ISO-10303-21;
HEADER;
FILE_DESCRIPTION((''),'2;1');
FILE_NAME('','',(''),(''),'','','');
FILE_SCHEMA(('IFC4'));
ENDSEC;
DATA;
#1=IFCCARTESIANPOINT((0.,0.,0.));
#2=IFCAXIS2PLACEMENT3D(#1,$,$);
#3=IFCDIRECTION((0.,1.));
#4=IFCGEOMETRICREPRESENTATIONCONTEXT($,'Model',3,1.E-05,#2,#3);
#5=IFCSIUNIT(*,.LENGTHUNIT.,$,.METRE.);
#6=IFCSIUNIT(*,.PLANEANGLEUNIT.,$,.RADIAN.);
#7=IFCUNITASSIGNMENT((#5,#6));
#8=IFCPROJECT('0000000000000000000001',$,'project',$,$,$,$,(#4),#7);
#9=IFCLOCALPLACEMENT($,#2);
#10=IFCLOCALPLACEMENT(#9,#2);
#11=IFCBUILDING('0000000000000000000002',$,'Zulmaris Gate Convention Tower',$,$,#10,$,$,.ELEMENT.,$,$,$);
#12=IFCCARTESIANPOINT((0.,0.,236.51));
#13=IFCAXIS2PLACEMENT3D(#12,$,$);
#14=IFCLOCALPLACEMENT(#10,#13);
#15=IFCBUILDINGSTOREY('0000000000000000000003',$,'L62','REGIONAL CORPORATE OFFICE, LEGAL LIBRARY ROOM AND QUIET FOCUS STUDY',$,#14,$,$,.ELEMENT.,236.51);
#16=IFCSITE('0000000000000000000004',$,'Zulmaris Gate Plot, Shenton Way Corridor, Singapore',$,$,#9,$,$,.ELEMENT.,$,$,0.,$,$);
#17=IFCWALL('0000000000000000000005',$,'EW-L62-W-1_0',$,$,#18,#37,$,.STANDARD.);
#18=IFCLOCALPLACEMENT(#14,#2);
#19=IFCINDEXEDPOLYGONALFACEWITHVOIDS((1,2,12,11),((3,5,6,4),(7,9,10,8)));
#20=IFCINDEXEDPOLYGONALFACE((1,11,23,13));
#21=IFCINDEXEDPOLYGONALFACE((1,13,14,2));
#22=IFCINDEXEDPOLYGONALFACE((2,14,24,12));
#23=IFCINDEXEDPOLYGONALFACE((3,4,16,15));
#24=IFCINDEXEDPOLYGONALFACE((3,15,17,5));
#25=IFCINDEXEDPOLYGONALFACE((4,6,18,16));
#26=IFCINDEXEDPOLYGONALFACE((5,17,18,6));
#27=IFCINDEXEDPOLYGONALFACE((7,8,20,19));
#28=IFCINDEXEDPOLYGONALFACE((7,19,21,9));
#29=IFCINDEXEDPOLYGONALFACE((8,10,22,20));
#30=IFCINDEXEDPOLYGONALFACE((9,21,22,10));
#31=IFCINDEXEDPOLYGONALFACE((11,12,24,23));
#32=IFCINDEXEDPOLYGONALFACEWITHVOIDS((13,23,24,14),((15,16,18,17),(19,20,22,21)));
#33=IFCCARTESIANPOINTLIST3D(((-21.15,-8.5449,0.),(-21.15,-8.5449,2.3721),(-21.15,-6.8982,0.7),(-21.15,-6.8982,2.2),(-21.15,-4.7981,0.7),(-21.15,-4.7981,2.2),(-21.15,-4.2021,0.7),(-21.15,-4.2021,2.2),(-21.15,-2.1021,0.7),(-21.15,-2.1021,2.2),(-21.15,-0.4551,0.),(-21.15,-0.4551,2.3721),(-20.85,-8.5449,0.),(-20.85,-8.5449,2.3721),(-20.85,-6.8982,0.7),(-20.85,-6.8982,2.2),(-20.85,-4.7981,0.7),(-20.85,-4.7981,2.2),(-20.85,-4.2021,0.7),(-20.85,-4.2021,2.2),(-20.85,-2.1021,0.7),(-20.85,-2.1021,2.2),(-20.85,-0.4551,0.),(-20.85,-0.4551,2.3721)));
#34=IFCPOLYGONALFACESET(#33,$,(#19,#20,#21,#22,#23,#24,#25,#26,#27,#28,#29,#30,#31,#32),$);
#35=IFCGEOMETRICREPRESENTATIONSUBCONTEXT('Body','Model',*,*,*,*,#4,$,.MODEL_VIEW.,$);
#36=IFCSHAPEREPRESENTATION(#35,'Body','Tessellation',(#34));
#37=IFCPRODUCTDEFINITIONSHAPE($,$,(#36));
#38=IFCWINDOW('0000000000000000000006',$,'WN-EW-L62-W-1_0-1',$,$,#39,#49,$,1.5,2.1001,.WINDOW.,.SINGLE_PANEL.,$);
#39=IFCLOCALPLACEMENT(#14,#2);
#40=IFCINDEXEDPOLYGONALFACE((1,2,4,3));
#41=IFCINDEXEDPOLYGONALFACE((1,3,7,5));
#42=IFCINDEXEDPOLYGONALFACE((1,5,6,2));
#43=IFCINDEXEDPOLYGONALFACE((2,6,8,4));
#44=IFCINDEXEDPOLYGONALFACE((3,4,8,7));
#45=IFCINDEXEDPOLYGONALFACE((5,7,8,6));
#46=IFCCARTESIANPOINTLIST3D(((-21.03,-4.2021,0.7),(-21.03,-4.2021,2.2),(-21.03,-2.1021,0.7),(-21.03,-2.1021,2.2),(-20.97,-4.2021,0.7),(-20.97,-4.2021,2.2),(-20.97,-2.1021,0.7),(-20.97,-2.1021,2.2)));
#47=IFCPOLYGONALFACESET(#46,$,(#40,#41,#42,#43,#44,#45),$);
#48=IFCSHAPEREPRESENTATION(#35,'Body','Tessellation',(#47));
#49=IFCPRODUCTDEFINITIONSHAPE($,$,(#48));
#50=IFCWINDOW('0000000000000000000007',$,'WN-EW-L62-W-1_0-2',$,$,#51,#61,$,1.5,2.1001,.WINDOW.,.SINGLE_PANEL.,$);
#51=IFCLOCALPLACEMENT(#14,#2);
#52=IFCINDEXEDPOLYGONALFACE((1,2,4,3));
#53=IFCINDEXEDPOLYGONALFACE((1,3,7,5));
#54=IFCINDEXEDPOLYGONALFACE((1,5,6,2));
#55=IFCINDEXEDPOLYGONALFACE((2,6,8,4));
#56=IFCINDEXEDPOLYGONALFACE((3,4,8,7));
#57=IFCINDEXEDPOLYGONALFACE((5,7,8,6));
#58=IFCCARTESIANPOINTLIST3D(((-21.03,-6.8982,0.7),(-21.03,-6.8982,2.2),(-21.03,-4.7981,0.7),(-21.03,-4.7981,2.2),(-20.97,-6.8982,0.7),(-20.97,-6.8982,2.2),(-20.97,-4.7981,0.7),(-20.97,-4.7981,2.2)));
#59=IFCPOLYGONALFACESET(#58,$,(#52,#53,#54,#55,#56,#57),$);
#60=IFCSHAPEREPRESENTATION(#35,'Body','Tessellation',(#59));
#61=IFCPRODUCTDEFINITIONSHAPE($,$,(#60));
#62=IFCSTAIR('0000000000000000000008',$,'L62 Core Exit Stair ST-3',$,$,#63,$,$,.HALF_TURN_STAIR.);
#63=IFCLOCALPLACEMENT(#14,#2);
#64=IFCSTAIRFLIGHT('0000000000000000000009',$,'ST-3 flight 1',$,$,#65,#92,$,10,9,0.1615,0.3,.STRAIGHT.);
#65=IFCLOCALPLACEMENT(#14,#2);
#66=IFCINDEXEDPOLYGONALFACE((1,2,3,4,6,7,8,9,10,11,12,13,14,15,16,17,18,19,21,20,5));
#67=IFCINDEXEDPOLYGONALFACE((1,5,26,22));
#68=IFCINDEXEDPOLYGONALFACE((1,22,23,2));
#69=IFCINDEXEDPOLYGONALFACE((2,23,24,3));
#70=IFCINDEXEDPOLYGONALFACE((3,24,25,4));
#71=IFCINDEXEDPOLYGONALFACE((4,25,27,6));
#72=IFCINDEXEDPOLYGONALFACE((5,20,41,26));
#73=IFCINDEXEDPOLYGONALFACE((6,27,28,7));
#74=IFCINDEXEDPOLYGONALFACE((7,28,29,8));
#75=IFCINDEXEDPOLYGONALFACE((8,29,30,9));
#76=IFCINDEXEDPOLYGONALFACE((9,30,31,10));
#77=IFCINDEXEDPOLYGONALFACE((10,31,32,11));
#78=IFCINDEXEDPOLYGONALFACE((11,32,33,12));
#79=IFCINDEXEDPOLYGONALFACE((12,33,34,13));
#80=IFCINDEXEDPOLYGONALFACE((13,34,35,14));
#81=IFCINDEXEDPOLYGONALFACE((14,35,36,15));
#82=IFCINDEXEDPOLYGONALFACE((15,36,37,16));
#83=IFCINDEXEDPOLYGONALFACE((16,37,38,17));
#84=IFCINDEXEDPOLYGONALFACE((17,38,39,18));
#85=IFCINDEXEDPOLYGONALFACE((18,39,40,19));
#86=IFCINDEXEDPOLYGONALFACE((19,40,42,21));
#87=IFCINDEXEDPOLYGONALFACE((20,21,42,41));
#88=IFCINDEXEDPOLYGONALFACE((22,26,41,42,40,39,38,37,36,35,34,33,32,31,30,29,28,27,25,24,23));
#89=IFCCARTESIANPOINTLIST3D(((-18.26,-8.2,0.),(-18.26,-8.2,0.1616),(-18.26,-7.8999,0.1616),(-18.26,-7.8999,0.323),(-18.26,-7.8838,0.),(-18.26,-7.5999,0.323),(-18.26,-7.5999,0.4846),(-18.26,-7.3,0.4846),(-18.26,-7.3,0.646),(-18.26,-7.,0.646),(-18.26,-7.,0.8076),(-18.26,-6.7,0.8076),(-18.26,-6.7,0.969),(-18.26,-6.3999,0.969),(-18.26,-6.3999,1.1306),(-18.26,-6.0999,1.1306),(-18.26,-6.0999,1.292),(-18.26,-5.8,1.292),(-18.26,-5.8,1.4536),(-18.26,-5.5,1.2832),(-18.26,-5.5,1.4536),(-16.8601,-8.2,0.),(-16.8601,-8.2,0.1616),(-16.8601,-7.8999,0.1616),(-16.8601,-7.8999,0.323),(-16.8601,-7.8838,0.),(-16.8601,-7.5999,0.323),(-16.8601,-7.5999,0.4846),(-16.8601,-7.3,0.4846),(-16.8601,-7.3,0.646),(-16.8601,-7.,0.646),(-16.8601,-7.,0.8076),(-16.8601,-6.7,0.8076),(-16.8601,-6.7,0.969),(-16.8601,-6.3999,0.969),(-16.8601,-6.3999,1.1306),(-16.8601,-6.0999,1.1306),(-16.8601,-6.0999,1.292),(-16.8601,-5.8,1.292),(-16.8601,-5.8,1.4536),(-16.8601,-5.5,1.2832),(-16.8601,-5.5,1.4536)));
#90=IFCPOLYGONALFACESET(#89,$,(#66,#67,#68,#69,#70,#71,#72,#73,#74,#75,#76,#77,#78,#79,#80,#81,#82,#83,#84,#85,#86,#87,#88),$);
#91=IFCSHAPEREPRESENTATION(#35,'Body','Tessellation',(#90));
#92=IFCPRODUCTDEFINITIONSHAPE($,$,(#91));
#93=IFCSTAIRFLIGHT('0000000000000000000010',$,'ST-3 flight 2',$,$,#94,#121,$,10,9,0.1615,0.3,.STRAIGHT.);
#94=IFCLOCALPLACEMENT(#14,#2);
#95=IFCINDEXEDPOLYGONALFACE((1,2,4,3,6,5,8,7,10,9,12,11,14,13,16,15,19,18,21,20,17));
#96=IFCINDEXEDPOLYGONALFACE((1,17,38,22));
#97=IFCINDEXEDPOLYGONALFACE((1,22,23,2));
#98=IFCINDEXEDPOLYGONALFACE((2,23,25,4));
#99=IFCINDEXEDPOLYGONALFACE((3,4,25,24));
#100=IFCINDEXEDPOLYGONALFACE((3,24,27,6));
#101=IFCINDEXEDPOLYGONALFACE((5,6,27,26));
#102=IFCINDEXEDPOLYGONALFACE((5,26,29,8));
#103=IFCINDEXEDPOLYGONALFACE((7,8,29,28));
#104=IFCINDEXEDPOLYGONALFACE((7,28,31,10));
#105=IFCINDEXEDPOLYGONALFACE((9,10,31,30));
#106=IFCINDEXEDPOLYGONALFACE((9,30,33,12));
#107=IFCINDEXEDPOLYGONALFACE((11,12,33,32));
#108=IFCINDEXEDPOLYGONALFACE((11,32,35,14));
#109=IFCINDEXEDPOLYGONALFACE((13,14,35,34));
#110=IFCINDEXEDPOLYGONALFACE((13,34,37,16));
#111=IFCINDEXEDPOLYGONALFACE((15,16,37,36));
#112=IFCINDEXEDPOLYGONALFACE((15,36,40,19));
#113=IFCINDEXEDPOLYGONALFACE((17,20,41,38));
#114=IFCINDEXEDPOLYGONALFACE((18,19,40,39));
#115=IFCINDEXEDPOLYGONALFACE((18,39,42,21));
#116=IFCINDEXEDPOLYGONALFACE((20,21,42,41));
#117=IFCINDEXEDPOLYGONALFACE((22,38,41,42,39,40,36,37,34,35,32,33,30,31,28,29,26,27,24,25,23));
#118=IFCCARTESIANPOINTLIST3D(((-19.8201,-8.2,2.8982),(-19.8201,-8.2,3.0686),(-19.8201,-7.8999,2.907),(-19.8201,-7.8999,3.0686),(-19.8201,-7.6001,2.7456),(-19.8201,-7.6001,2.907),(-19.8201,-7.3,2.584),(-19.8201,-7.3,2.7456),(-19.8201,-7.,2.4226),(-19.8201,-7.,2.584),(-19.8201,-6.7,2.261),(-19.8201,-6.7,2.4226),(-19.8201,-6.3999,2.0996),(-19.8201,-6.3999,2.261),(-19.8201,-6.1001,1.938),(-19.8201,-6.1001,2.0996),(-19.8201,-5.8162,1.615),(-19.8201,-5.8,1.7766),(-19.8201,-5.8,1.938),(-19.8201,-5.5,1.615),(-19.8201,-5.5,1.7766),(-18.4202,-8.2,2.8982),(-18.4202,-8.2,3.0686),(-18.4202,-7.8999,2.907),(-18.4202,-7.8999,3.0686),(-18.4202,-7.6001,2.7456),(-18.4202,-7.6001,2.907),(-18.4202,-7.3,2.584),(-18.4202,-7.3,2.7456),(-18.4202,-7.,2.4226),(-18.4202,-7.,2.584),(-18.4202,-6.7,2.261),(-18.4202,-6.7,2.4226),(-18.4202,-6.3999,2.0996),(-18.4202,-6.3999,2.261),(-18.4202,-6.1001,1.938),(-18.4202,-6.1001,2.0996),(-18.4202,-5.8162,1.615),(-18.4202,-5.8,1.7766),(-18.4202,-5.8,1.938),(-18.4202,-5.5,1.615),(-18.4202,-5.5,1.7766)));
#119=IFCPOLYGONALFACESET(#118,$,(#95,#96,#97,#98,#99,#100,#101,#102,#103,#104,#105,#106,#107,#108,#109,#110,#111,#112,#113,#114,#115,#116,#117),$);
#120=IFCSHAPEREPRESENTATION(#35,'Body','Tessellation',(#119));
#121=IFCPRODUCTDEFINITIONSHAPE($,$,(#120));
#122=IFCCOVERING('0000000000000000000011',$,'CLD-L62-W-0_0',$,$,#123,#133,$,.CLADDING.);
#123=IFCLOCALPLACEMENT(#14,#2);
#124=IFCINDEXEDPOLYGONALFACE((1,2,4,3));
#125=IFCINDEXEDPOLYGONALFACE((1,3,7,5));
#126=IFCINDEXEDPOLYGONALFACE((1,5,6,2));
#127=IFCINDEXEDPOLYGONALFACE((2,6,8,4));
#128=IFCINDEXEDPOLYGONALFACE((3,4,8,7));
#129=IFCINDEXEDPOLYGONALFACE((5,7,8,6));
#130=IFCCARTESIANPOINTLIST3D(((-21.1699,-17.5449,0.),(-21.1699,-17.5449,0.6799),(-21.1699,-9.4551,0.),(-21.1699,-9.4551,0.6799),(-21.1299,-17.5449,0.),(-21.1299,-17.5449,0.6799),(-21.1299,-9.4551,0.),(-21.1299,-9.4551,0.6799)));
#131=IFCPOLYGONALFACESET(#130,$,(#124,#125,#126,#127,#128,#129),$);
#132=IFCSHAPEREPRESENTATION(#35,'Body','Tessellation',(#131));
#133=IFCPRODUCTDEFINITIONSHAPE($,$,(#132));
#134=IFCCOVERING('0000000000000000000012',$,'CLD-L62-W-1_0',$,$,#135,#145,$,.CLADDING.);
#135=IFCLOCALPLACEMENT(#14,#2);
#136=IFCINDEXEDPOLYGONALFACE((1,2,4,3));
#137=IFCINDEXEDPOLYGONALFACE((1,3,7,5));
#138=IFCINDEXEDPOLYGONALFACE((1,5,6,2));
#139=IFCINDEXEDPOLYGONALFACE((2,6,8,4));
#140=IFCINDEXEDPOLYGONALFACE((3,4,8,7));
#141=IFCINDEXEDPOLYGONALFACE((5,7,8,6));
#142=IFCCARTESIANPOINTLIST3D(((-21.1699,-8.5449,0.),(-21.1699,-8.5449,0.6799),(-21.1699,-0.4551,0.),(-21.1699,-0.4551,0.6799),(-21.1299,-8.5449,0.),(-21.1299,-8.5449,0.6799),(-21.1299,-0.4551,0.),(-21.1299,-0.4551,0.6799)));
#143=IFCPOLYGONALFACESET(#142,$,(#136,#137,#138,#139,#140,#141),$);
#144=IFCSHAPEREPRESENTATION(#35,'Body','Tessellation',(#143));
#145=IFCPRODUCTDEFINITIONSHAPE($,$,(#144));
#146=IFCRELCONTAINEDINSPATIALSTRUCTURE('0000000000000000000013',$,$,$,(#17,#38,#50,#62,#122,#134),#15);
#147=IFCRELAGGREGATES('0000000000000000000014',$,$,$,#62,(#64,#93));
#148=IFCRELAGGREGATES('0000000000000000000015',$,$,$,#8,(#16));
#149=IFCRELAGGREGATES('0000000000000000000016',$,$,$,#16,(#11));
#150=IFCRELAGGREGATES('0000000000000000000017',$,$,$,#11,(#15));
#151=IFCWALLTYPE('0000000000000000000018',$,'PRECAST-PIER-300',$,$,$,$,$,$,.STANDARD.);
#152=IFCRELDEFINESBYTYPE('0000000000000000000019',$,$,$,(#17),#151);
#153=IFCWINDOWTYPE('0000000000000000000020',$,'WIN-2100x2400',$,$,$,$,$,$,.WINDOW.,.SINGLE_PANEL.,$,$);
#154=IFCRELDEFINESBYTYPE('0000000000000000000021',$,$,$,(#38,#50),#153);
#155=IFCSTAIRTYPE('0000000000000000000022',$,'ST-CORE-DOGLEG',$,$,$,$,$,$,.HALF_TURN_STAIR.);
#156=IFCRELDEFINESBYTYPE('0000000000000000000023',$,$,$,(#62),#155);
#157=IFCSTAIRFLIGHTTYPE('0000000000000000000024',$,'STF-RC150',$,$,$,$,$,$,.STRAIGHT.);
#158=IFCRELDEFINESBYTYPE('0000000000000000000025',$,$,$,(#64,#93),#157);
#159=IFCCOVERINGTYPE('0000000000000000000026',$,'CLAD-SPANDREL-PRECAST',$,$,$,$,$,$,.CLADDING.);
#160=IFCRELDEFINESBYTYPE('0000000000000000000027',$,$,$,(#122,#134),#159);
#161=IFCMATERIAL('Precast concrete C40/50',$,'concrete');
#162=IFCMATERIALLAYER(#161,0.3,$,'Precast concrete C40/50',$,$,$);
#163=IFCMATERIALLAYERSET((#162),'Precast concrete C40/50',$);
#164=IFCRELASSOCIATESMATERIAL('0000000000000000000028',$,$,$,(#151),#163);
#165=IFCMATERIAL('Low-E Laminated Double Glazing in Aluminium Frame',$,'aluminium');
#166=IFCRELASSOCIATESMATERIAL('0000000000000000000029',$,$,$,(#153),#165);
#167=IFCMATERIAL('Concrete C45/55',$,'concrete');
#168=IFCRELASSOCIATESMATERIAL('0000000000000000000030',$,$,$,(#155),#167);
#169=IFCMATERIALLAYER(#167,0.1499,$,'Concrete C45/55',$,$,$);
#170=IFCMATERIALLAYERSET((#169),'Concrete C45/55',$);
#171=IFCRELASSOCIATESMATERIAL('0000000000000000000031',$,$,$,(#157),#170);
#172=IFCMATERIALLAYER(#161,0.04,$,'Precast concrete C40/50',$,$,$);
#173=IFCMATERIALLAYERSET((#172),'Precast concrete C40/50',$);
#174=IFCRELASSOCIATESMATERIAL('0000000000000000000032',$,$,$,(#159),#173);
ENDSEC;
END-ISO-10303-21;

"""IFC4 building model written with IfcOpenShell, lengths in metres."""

from ifc_helpers import new_model, si_unit, direction, frame, frame_2d, origin, place, context, subcontext, project, spatial, polyline, rectangle, outline, extrude, material, layer, layer_set, type_object, element, fill, aggregate, save


model = new_model("IFC4")

# Units and contexts
model_context = context("Model", 3, precision=1e-05, world=origin(), true_north=direction((0.0, 1.0)))
body_context = subcontext(model_context, "Body", "Model", "MODEL_VIEW")
ifc_project = project(units=[si_unit("LENGTHUNIT", "METRE"), si_unit("PLANEANGLEUNIT", "RADIAN")], contexts=[model_context])

# Site, building, storey
site_placement = place(None, origin())
site = spatial("IfcSite", under=ifc_project, at=site_placement, Name="Zulmaris Gate Plot, Shenton Way Corridor, Singapore", CompositionType="ELEMENT", RefElevation=0.0)
building_placement = place(site_placement, origin())
building = spatial("IfcBuilding", under=site, at=building_placement, Name="Zulmaris Gate Convention Tower", CompositionType="ELEMENT")
storey_placement = place(building_placement, frame((0.0, 0.0, 236.51)))
storey = spatial("IfcBuildingStorey", under=building, at=storey_placement, Name="L62", Description="REGIONAL CORPORATE OFFICE, LEGAL LIBRARY ROOM AND QUIET FOCUS STUDY", CompositionType="ELEMENT", Elevation=236.51)

# Shared definitions
ifc_material_1 = material(Name="Precast concrete C40/50", Category="concrete")
ifc_layer_1 = layer(ifc_material_1, 0.3, Name="Precast concrete C40/50")
ifc_layer_set_1 = layer_set([ifc_layer_1], Name="Precast concrete C40/50")
wall_type_1 = type_object("IfcWallType", Name="PRECAST-PIER-300", PredefinedType="STANDARD", material=ifc_layer_set_1)

# Wall, openings, windows
wall_1_placement = place(storey_placement, frame((-21.0, -0.4551, 0.0), z_axis=(0.0, 0.0, 1.0), x_axis=(0.0, -1.0, 0.0)))
wall_1 = element("IfcWall", 1, at=wall_1_placement, inside=storey, type_object=wall_type_1, Name="EW-L62-W-1_0", PredefinedType="STANDARD", context=body_context, shape_type="SweptSolid", body=[
    extrude(rectangle(XDim=8.0898, YDim=0.3, at=frame_2d((4.0449, 0.0))), origin(), (0.0, 0.0, 1.0), 2.3721),
])
opening_1_placement = place(wall_1_placement, frame((1.647, 0.0, 0.7)))
opening_1 = element("IfcOpeningElement", 2, at=opening_1_placement, cuts=wall_1, PredefinedType="OPENING", context=body_context, shape_type="SweptSolid", body=[
    extrude(rectangle(XDim=2.1001, YDim=1.5, at=frame_2d((1.05, 0.75))), frame((0.0, 0.1602, 0.0), z_axis=(0.0, -1.0, 0.0), x_axis=(1.0, 0.0, 0.0)), (0.0, 0.0, 1.0), 0.3201),
])
opening_2_placement = place(wall_1_placement, frame((4.343, 0.0, 0.7)))
opening_2 = element("IfcOpeningElement", 3, at=opening_2_placement, cuts=wall_1, PredefinedType="OPENING", context=body_context, shape_type="SweptSolid", body=[
    extrude(rectangle(XDim=2.1001, YDim=1.5, at=frame_2d((1.05, 0.75))), frame((0.0, 0.1602, 0.0), z_axis=(0.0, -1.0, 0.0), x_axis=(1.0, 0.0, 0.0)), (0.0, 0.0, 1.0), 0.3201),
])
ifc_material_2 = material(Name="Low-E Laminated Double Glazing in Aluminium Frame", Category="aluminium")
window_type = type_object("IfcWindowType", Name="WIN-2100x2400", PartitioningType="SINGLE_PANEL", PredefinedType="WINDOW", material=ifc_material_2)
window_1_placement = place(opening_1_placement, origin())
window_1 = element("IfcWindow", 4, at=window_1_placement, inside=storey, type_object=window_type, Name="WN-EW-L62-W-1_0-1", OverallHeight=1.5, OverallWidth=2.1001, PartitioningType="SINGLE_PANEL", PredefinedType="WINDOW", context=body_context, shape_type="SweptSolid", body=[
    extrude(rectangle(XDim=2.1001, YDim=1.5, at=frame_2d((1.05, 0.75))), frame((0.0, 0.03, 0.0), z_axis=(0.0, -1.0, 0.0), x_axis=(1.0, 0.0, 0.0)), (0.0, 0.0, 1.0), 0.0601),
])
fill(opening_1, window_1)
window_2_placement = place(opening_2_placement, origin())
window_2 = element("IfcWindow", 5, at=window_2_placement, inside=storey, type_object=window_type, Name="WN-EW-L62-W-1_0-2", OverallHeight=1.5, OverallWidth=2.1001, PartitioningType="SINGLE_PANEL", PredefinedType="WINDOW", context=body_context, shape_type="SweptSolid", body=[
    extrude(rectangle(XDim=2.1001, YDim=1.5, at=frame_2d((1.05, 0.75))), frame((0.0, 0.03, 0.0), z_axis=(0.0, -1.0, 0.0), x_axis=(1.0, 0.0, 0.0)), (0.0, 0.0, 1.0), 0.0601),
])
fill(opening_2, window_2)

# Stair, stair flights
ifc_material_3 = material(Name="Concrete C45/55", Category="concrete")
stair_type = type_object("IfcStairType", Name="ST-CORE-DOGLEG", PredefinedType="HALF_TURN_STAIR", material=ifc_material_3)
stair_placement = place(storey_placement, origin())
stair = element("IfcStair", 6, at=stair_placement, inside=storey, type_object=stair_type, Name="L62 Core Exit Stair ST-3", PredefinedType="HALF_TURN_STAIR")
ifc_layer_2 = layer(ifc_material_3, 0.1499, Name="Concrete C45/55")
ifc_layer_set_2 = layer_set([ifc_layer_2], Name="Concrete C45/55")
stair_flight_type = type_object("IfcStairFlightType", Name="STF-RC150", PredefinedType="STRAIGHT", material=ifc_layer_set_2)
stair_flight_1_placement = place(storey_placement, frame((-17.5601, -8.2, 0.0), z_axis=(0.0, 0.0, 1.0), x_axis=(0.0, 1.0, 0.0)))
stair_flight_1 = element("IfcStairFlight", 7, at=stair_flight_1_placement, type_object=stair_flight_type, Name="ST-3 flight 1", NumberOfRisers=10, NumberOfTreads=9, PredefinedType="STRAIGHT", RiserHeight=0.1615, TreadLength=0.3, context=body_context, shape_type="SweptSolid", body=[
    extrude(outline(polyline([(0.0, 0.0), (0.0, 0.1616), (0.3, 0.1616), (0.3, 0.323), (0.6001, 0.323), (0.6001, 0.4846), (0.8999, 0.4846), (0.8999, 0.646), (1.2, 0.646), (1.2, 0.8076), (1.5, 0.8076), (1.5, 0.969), (1.8, 0.969), (1.8, 1.1306), (2.1001, 1.1306), (2.1001, 1.292), (2.3999, 1.292), (2.3999, 1.4536), (2.7, 1.4536), (2.7, 1.615), (2.7, 1.2832), (0.3162, 0.0), (0.0, 0.0)])), frame((0.0, 0.7, 0.0), z_axis=(0.0, -1.0, 0.0), x_axis=(1.0, 0.0, 0.0)), (0.0, 0.0, 1.0), 1.3999),
])
stair_flight_2_placement = place(storey_placement, frame((-19.1201, -5.5, 1.615), z_axis=(0.0, 0.0, 1.0), x_axis=(0.0, -1.0, 0.0)))
stair_flight_2 = element("IfcStairFlight", 8, at=stair_flight_2_placement, type_object=stair_flight_type, Name="ST-3 flight 2", NumberOfRisers=10, NumberOfTreads=9, PredefinedType="STRAIGHT", RiserHeight=0.1615, TreadLength=0.3, context=body_context, shape_type="SweptSolid", body=[
    extrude(outline(polyline([(0.0, 0.0), (0.0, 0.1616), (0.3, 0.1616), (0.3, 0.323), (0.6001, 0.323), (0.6001, 0.4846), (0.8999, 0.4846), (0.8999, 0.646), (1.2, 0.646), (1.2, 0.8076), (1.5, 0.8076), (1.5, 0.969), (1.8, 0.969), (1.8, 1.1306), (2.1001, 1.1306), (2.1001, 1.292), (2.3999, 1.292), (2.3999, 1.4536), (2.7, 1.4536), (2.7, 1.615), (2.7, 1.2832), (0.3162, 0.0), (0.0, 0.0)])), frame((0.0, 0.7, 0.0), z_axis=(0.0, -1.0, 0.0), x_axis=(1.0, 0.0, 0.0)), (0.0, 0.0, 1.0), 1.3999),
])
aggregate(stair, [stair_flight_1, stair_flight_2])

# Coverings
ifc_layer_3 = layer(ifc_material_1, 0.04, Name="Precast concrete C40/50")
ifc_layer_set_3 = layer_set([ifc_layer_3], Name="Precast concrete C40/50")
covering_type = type_object("IfcCoveringType", Name="CLAD-SPANDREL-PRECAST", PredefinedType="CLADDING", material=ifc_layer_set_3)
for number, where, z_axis, x_axis, name in (
    (9, (-21.1499, -9.4551, 0.0), (0.0, 0.0, 1.0), (0.0, -1.0, 0.0), "CLD-L62-W-0_0"),
    (10, (-21.1499, -0.4551, 0.0), (0.0, 0.0, 1.0), (0.0, -1.0, 0.0), "CLD-L62-W-1_0"),
):
    element("IfcCovering", number, at=place(storey_placement, frame(where, z_axis=z_axis, x_axis=x_axis)), inside=storey, type_object=covering_type, Name=name, PredefinedType="CLADDING", context=body_context, shape_type="SweptSolid", body=[
        extrude(rectangle(XDim=8.0898, YDim=0.04, at=frame_2d((4.0449, 0.0))), origin(), (0.0, 0.0, 1.0), 0.6799),
    ])

save(model, "model.ifc")
